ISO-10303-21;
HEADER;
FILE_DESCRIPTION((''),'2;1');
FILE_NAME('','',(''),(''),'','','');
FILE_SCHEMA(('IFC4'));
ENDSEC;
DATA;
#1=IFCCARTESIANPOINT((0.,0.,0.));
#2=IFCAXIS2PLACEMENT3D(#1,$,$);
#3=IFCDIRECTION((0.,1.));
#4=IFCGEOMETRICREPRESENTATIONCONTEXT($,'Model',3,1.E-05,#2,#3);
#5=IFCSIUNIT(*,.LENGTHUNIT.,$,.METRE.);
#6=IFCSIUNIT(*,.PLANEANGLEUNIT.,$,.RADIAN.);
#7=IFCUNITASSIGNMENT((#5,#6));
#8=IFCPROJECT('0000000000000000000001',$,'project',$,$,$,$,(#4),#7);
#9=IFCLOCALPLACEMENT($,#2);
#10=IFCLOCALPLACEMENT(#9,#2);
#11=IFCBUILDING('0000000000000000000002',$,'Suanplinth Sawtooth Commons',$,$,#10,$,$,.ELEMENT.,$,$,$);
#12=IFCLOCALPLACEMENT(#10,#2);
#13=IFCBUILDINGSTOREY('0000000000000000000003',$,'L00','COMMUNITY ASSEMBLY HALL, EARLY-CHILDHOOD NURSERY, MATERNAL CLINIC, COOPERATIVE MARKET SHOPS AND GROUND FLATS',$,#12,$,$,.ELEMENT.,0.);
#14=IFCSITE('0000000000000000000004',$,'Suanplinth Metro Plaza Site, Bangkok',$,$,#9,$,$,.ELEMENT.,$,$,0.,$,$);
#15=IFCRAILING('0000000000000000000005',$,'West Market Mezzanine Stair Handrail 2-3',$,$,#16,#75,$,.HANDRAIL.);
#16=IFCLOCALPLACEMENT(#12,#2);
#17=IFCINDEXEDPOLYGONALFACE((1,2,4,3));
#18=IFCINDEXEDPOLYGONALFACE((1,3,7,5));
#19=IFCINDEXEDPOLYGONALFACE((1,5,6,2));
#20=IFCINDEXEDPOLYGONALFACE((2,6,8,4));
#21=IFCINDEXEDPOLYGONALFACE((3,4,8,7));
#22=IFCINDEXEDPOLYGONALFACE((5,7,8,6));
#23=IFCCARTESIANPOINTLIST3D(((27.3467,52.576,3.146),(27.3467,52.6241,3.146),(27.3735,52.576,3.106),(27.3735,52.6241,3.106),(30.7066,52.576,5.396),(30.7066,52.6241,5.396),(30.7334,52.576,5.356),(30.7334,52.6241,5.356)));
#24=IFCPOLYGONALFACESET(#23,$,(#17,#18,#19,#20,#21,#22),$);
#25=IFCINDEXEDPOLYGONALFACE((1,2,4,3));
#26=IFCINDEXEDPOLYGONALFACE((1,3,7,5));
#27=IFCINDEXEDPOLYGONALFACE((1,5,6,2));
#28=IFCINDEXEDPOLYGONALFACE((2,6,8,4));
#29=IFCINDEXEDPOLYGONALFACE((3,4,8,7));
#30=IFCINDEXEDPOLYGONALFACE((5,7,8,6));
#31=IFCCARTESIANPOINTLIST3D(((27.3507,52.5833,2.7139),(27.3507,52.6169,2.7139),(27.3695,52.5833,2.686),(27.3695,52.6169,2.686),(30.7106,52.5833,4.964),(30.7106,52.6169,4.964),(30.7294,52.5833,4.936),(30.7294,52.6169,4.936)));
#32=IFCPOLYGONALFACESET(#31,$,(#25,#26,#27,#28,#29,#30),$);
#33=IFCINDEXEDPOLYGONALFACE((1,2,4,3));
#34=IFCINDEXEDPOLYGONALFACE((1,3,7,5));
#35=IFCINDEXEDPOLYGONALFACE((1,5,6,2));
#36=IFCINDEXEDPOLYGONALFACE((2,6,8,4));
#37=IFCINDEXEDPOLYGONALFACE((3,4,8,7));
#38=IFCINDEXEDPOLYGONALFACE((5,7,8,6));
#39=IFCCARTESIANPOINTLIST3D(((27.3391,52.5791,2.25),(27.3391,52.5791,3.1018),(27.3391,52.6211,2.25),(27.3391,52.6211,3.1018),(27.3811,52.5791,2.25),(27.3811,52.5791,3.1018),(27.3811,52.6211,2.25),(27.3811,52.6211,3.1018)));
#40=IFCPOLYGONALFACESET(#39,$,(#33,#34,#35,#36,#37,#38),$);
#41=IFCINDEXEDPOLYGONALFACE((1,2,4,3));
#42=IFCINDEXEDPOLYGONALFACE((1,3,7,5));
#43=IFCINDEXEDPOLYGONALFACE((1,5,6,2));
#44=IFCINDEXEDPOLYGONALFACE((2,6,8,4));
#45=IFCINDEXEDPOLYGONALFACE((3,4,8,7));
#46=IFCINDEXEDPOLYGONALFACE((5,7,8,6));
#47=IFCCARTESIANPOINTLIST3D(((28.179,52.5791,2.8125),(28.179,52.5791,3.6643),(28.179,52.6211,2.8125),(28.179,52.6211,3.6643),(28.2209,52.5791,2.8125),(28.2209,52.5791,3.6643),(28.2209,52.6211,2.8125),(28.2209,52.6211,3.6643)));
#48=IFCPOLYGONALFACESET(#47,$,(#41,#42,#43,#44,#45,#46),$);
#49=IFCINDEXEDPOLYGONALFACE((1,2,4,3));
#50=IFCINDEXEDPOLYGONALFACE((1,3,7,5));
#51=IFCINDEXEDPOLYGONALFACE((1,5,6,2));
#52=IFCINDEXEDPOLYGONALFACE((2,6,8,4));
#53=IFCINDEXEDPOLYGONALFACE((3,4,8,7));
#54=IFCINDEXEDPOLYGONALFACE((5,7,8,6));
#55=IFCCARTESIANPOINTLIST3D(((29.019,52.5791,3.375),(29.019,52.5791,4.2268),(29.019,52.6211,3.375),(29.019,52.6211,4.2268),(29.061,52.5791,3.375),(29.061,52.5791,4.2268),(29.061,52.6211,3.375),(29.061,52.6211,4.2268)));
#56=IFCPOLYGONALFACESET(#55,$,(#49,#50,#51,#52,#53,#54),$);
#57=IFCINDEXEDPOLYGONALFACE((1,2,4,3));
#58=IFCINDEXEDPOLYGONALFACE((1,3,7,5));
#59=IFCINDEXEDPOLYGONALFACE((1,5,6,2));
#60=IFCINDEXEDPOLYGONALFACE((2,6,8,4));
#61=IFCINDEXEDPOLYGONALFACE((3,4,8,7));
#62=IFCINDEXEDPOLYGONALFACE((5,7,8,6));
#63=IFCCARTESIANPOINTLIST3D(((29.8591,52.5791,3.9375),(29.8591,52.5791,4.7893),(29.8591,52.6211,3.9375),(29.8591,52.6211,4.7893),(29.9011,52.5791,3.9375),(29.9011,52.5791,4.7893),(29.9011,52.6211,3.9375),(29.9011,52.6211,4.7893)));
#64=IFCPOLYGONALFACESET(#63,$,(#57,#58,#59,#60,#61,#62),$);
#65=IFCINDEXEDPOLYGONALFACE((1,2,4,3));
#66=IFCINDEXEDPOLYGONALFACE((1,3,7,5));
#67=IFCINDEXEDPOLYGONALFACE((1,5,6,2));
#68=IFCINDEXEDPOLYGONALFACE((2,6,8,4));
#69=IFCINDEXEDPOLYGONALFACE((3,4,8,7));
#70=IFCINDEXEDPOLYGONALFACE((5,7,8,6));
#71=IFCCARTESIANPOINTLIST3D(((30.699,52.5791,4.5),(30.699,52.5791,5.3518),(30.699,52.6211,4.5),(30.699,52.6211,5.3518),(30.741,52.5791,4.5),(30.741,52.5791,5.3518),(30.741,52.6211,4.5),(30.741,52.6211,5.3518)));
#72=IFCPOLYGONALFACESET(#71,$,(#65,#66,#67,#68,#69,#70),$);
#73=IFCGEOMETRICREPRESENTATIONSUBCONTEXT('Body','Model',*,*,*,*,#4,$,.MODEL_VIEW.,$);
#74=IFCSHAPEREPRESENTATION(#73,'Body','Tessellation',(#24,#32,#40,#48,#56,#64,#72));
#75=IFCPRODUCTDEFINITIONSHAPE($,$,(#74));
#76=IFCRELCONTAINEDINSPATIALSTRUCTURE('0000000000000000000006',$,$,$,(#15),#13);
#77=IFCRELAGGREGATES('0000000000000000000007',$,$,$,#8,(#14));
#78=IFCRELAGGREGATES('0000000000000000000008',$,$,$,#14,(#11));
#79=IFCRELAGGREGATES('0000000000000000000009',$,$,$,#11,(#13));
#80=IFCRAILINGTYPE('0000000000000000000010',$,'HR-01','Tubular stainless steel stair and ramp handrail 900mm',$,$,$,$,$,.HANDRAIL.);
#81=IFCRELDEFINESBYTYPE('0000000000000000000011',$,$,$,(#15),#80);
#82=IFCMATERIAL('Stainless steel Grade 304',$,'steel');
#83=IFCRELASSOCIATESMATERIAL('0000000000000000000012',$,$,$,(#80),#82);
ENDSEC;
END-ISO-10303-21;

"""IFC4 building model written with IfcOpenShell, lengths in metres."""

from ifc_helpers import new_model, si_unit, direction, frame, origin, origin_2d, place, context, subcontext, project, spatial, rectangle, extrude, material, type_object, element, save


model = new_model("IFC4")

# Units and contexts
model_context = context("Model", 3, precision=1e-05, world=origin(), true_north=direction((0.0, 1.0)))
body_context = subcontext(model_context, "Body", "Model", "MODEL_VIEW")
ifc_project = project(units=[si_unit("LENGTHUNIT", "METRE"), si_unit("PLANEANGLEUNIT", "RADIAN")], contexts=[model_context])

# Site, building, storey
site_placement = place(None, origin())
site = spatial("IfcSite", under=ifc_project, at=site_placement, Name="Suanplinth Metro Plaza Site, Bangkok", CompositionType="ELEMENT", RefElevation=0.0)
building_placement = place(site_placement, origin())
building = spatial("IfcBuilding", under=site, at=building_placement, Name="Suanplinth Sawtooth Commons", CompositionType="ELEMENT")
storey_placement = place(building_placement, origin())
storey = spatial("IfcBuildingStorey", under=building, at=storey_placement, Name="L00", Description="COMMUNITY ASSEMBLY HALL, EARLY-CHILDHOOD NURSERY, MATERNAL CLINIC, COOPERATIVE MARKET SHOPS AND GROUND FLATS", CompositionType="ELEMENT", Elevation=0.0)

# Railing
ifc_material_1 = material(Name="Stainless steel Grade 304", Category="steel")
railing_type_1 = type_object("IfcRailingType", Name="HR-01", Description="Tubular stainless steel stair and ramp handrail 900mm", PredefinedType="HANDRAIL", material=ifc_material_1)
railing_1_placement = place(storey_placement, frame((27.3601, 52.6001, 2.25)))
element("IfcRailing", 1, at=railing_1_placement, inside=storey, type_object=railing_type_1, Name="West Market Mezzanine Stair Handrail 2-3", PredefinedType="HANDRAIL", context=body_context, shape_type="SweptSolid", body=[
    extrude(rectangle(XDim=0.0481, YDim=0.0481, at=origin_2d()), frame((0.0, 0.0, 0.876), z_axis=(0.830897, 0.0, 0.556427), x_axis=(0.0, 1.0, 0.0)), (0.0, 0.0, 1.0), 4.0437),
    extrude(rectangle(XDim=0.0337, YDim=0.0337, at=origin_2d()), frame((0.0, 0.0, 0.45), z_axis=(0.830897, 0.0, 0.556427), x_axis=(0.0, 1.0, 0.0)), (0.0, 0.0, 1.0), 4.0437),
    extrude(rectangle(XDim=0.042, YDim=0.042, at=origin_2d()), origin(), (0.0, 0.0, 1.0), 0.8518),
    extrude(rectangle(XDim=0.042, YDim=0.042, at=origin_2d()), frame((0.8398, 0.0, 0.5625)), (0.0, 0.0, 1.0), 0.8518),
    extrude(rectangle(XDim=0.042, YDim=0.042, at=origin_2d()), frame((1.6799, 0.0, 1.125)), (0.0, 0.0, 1.0), 0.8518),
    extrude(rectangle(XDim=0.042, YDim=0.042, at=origin_2d()), frame((2.52, 0.0, 1.6875)), (0.0, 0.0, 1.0), 0.8518),
    extrude(rectangle(XDim=0.042, YDim=0.042, at=origin_2d()), frame((3.3599, 0.0, 2.25)), (0.0, 0.0, 1.0), 0.8518),
])

save(model, "model.ifc")
